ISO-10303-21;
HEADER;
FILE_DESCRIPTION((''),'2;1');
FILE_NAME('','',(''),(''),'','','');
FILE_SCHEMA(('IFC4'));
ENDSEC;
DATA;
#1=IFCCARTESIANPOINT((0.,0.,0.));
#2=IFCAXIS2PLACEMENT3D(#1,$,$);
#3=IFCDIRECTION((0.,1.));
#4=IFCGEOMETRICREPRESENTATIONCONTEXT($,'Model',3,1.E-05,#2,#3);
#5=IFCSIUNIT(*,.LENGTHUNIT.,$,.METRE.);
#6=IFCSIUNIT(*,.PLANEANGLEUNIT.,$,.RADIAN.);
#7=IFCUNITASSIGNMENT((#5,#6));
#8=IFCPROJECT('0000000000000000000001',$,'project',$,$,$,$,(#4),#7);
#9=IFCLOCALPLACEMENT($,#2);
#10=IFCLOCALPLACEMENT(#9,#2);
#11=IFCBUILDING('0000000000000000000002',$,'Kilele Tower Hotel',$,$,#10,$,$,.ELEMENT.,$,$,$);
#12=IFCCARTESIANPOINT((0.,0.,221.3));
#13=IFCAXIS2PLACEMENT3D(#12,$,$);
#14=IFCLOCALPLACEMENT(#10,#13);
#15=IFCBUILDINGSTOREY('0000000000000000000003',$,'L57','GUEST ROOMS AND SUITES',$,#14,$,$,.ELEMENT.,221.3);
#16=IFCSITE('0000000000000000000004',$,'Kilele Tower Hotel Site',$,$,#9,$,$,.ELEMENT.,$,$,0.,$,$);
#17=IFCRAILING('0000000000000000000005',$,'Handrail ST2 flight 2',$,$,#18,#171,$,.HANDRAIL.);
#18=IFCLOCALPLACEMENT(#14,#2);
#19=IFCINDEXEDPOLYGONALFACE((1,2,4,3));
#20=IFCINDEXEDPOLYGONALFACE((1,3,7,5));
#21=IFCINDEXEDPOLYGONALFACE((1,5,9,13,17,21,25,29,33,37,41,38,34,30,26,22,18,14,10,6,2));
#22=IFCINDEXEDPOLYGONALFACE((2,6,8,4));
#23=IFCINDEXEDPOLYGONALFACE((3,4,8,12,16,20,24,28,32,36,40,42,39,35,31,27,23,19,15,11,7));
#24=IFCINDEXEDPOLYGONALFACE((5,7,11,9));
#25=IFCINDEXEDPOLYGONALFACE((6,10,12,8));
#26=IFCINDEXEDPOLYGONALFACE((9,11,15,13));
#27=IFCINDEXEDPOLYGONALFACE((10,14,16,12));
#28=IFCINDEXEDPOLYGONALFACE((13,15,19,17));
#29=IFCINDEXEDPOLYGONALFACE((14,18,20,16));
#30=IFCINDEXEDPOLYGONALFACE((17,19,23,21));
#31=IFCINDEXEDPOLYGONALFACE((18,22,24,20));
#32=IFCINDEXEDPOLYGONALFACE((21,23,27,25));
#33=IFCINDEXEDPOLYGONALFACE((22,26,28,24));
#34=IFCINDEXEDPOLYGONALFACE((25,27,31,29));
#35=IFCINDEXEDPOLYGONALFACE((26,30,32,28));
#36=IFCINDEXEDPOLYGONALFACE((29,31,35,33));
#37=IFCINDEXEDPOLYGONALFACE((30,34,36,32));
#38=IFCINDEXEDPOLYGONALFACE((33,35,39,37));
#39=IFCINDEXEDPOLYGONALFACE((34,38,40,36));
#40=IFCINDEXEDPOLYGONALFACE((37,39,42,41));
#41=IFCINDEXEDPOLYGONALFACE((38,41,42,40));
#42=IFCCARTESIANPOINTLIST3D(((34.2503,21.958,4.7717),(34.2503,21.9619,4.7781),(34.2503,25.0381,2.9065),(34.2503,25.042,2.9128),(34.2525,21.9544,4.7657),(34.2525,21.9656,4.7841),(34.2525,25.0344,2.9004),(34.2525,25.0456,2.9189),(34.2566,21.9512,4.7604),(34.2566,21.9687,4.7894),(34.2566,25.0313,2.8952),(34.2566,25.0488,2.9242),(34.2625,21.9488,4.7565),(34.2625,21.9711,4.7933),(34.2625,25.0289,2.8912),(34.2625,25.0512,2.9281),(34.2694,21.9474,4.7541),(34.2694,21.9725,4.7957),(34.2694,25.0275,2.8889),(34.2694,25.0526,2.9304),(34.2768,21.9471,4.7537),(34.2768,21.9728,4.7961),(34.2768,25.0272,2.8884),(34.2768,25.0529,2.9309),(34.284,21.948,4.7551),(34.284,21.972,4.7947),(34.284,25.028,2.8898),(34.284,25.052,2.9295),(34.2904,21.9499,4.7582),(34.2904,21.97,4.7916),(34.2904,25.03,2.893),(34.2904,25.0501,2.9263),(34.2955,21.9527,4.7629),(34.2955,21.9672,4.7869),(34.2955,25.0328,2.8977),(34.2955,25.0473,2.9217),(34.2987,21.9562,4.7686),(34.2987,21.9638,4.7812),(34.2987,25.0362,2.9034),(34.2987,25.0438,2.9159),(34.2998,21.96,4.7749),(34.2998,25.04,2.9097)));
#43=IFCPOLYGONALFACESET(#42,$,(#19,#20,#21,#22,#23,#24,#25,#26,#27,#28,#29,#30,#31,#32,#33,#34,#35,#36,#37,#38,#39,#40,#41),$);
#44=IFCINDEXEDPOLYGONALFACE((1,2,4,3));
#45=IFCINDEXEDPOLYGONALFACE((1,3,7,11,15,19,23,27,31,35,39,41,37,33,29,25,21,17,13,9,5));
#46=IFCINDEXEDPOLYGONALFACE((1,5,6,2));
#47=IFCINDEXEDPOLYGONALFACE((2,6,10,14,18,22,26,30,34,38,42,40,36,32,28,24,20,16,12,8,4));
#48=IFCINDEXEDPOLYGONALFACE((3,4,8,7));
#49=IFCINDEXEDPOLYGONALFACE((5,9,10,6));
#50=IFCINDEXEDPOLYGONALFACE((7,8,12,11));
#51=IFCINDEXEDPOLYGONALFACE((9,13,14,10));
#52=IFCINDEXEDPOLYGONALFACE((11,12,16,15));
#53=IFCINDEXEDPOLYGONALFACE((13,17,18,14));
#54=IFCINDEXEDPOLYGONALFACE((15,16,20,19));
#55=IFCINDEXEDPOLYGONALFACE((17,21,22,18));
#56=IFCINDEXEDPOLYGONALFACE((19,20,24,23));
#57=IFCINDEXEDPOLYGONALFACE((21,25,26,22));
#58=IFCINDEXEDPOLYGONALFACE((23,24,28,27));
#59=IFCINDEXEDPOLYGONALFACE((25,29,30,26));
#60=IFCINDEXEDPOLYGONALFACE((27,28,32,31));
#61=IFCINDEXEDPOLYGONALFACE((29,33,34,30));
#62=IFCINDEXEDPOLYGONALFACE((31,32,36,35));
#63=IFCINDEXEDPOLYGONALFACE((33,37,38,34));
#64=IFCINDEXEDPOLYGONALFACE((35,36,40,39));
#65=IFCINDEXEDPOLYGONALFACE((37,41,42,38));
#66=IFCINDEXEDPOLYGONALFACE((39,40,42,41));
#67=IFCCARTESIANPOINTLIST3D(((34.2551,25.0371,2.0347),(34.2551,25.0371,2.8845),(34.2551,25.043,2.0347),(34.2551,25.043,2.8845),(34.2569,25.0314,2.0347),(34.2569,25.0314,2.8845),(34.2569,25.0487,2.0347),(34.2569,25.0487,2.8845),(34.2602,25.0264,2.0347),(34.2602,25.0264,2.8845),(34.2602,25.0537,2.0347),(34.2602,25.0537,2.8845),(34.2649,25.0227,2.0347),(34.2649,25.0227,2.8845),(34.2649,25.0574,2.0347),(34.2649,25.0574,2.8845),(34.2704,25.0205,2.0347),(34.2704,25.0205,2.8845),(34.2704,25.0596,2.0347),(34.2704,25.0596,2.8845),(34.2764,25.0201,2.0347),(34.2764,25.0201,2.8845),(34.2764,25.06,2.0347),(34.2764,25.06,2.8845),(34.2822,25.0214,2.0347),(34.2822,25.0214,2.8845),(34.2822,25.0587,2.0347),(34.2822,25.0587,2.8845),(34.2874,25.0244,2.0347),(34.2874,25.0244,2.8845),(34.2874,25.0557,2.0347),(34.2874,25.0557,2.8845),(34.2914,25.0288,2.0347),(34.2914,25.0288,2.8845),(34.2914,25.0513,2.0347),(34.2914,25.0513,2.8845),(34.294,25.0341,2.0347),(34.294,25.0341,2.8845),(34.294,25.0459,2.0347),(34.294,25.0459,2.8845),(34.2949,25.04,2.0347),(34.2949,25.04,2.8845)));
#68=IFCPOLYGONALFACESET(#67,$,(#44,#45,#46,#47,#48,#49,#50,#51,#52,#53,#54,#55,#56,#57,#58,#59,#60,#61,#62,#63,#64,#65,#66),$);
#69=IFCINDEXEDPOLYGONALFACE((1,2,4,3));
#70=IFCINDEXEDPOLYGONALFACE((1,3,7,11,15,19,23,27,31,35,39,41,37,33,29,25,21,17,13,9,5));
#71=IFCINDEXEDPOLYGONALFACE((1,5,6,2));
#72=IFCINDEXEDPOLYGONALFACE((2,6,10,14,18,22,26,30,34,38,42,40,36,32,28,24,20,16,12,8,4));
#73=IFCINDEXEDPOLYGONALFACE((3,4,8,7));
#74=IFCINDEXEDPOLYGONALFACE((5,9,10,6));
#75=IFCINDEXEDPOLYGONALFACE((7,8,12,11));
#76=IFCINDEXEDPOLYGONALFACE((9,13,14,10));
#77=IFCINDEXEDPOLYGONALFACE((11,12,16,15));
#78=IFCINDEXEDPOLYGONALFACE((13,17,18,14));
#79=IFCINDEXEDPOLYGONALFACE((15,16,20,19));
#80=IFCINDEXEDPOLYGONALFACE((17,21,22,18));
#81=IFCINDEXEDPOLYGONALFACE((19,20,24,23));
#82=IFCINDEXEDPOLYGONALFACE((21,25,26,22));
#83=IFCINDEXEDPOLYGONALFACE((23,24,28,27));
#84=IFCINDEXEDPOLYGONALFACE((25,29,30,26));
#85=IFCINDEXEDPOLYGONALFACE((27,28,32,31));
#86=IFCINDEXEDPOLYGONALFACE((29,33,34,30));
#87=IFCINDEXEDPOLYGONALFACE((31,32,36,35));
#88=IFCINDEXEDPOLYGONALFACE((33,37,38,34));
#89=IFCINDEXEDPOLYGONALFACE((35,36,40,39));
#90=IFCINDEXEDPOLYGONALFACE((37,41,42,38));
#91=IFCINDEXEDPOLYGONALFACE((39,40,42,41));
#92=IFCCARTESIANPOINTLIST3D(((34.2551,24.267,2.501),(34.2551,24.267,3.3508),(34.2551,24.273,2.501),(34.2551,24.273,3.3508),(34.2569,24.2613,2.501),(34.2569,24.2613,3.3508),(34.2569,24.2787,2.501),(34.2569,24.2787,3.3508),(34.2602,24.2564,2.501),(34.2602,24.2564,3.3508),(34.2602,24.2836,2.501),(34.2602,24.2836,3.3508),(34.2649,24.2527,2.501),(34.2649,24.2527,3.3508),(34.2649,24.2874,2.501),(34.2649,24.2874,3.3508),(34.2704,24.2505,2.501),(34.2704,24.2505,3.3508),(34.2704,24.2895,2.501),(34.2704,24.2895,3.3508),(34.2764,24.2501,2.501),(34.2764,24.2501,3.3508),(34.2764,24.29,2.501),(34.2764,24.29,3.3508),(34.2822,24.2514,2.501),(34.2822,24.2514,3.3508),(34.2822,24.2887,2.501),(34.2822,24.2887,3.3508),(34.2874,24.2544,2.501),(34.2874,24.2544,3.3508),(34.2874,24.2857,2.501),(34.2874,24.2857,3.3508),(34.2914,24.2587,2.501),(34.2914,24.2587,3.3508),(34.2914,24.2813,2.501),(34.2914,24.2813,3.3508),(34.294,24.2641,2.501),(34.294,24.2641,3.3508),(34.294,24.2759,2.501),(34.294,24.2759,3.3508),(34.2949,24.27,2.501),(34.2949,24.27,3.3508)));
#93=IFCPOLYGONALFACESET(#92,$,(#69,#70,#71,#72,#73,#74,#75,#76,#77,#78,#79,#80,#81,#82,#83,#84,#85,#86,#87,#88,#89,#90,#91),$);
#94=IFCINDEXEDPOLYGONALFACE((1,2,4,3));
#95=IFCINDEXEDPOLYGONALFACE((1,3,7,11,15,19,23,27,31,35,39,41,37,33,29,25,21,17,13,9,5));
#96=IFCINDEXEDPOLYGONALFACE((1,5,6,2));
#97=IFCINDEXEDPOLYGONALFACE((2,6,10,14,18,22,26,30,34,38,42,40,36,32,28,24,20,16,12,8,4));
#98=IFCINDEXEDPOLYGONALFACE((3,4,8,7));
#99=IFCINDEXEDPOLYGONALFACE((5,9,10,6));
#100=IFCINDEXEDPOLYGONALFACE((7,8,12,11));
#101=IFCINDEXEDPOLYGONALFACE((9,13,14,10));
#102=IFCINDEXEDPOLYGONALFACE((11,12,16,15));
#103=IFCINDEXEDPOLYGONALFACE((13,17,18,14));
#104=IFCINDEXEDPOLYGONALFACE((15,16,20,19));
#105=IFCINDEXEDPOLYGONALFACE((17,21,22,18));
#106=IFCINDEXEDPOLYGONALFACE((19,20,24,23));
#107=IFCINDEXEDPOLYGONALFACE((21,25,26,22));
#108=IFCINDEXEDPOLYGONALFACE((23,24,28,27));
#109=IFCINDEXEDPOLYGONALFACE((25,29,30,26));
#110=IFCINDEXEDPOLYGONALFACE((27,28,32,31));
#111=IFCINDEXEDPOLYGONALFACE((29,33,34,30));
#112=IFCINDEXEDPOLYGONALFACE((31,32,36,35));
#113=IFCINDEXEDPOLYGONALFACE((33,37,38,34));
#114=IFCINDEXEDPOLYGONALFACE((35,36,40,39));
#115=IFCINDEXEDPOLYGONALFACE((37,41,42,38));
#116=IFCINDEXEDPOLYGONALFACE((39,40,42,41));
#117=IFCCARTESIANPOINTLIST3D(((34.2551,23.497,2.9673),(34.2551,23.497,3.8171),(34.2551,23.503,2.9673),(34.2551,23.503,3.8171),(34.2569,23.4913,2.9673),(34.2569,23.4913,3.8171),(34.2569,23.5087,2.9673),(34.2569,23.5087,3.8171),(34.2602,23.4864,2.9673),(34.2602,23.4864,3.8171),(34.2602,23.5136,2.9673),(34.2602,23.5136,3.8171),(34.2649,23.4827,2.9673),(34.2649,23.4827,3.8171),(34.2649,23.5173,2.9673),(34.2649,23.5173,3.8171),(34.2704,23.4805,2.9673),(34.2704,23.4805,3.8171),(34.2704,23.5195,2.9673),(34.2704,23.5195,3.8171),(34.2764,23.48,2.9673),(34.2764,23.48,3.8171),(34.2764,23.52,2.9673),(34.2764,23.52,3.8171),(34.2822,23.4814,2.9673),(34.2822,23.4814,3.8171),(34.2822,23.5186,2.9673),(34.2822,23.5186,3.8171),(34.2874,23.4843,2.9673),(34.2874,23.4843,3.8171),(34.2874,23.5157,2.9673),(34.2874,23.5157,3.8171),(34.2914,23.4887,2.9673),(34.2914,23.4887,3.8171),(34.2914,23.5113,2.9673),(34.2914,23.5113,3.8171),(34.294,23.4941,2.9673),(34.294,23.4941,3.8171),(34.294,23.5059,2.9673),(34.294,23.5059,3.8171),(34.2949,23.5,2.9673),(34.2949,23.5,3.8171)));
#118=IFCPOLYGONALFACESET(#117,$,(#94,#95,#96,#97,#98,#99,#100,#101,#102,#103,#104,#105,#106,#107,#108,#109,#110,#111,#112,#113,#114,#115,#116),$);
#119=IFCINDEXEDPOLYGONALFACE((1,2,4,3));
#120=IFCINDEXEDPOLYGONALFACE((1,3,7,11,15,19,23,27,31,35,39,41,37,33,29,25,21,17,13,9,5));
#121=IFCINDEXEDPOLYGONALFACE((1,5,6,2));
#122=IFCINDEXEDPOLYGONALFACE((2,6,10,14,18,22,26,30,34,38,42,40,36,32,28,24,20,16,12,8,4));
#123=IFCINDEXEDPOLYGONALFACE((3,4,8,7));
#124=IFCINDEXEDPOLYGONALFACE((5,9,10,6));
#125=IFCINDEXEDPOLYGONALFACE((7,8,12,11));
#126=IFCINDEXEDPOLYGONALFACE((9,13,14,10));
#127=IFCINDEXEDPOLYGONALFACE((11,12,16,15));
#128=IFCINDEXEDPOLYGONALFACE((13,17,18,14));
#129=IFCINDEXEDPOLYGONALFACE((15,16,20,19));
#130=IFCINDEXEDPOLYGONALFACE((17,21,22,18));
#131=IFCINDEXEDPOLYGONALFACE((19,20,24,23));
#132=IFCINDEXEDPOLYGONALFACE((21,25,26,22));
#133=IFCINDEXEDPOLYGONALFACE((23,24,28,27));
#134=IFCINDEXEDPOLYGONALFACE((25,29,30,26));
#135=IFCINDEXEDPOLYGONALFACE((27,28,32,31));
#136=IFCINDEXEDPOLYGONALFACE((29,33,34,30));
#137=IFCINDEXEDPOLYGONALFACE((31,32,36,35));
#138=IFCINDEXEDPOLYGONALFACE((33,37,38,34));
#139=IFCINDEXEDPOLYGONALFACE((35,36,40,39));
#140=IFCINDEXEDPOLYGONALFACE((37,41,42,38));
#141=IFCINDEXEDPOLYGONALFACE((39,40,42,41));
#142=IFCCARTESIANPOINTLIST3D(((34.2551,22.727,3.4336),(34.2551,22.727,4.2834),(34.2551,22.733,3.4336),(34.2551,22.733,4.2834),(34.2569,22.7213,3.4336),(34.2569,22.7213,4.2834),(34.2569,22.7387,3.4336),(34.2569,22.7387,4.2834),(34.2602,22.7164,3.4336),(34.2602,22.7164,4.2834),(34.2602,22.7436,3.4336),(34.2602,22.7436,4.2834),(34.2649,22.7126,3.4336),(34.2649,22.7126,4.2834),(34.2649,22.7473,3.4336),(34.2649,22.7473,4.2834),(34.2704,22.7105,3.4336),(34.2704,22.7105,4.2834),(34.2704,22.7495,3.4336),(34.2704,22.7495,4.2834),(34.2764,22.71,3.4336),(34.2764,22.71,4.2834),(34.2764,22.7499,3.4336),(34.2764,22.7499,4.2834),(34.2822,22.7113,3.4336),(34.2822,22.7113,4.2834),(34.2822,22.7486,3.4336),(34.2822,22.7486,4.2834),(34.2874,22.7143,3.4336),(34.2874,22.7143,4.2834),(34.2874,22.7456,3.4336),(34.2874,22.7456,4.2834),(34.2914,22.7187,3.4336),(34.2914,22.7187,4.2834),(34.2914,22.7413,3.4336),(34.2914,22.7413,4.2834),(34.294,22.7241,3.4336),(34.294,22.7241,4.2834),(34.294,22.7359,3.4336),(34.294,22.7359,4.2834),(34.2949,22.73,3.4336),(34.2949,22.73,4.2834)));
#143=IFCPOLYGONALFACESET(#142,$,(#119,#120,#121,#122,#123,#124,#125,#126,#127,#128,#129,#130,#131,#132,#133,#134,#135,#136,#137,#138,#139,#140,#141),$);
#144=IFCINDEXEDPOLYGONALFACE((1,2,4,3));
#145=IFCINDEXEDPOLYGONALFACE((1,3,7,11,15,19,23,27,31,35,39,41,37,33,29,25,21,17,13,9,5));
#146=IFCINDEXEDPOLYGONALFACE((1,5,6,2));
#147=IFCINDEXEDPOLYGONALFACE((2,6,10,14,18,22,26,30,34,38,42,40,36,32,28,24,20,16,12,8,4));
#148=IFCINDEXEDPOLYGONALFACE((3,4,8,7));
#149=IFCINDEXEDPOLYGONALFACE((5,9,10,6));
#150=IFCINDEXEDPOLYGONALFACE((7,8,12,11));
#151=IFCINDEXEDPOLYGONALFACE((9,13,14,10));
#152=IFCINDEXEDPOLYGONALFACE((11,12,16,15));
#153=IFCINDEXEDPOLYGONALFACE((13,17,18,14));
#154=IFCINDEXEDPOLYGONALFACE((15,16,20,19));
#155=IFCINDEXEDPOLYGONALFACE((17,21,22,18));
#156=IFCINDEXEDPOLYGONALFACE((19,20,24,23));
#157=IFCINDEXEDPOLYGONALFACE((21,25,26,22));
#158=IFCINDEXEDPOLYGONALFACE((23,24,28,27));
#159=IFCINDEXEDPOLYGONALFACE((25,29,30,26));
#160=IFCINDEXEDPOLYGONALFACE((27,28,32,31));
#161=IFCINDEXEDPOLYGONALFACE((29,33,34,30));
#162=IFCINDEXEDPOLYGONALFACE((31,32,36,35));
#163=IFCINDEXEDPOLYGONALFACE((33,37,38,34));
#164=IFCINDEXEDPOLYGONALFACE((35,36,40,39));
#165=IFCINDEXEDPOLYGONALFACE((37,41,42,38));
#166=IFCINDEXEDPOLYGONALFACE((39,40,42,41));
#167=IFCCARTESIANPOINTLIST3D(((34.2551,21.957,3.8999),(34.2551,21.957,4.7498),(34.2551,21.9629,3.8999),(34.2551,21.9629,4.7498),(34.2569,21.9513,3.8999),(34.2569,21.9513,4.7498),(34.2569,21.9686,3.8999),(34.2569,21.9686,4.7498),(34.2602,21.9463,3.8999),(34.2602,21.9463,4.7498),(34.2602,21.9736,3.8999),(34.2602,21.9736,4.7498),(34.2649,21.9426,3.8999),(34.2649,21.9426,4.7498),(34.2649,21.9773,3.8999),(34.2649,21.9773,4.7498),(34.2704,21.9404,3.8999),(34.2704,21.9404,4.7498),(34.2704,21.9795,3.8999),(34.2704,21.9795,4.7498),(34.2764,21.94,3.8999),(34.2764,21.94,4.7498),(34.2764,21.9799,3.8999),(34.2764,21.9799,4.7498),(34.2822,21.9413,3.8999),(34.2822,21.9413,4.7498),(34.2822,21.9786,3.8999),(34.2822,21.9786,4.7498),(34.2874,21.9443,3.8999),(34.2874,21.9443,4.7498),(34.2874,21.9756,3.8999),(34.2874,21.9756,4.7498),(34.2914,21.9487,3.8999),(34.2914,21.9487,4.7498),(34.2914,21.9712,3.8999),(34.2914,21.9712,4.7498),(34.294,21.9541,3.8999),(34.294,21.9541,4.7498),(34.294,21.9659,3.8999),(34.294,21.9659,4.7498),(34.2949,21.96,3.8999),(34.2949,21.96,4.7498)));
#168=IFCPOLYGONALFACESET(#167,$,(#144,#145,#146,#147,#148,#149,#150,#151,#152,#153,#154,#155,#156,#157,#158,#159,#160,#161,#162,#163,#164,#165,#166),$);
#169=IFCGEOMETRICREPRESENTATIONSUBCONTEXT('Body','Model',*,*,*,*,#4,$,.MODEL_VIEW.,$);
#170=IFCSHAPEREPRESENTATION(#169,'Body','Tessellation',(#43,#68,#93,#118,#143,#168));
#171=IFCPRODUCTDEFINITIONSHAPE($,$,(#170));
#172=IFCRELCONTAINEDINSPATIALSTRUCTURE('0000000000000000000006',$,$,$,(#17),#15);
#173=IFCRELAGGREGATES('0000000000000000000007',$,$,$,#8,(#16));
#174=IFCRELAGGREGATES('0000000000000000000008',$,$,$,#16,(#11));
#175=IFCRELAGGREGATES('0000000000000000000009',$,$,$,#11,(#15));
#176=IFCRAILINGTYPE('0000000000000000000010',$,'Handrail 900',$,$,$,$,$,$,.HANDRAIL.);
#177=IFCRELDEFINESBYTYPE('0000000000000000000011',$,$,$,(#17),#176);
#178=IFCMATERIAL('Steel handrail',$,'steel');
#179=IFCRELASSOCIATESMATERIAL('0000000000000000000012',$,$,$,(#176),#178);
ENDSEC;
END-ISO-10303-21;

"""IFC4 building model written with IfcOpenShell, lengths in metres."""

from ifc_helpers import new_model, si_unit, direction, frame, origin, origin_2d, place, context, subcontext, project, spatial, circle, extrude, material, type_object, element, save


model = new_model("IFC4")

# Units and contexts
model_context = context("Model", 3, precision=1e-05, world=origin(), true_north=direction((0.0, 1.0)))
body_context = subcontext(model_context, "Body", "Model", "MODEL_VIEW")
ifc_project = project(units=[si_unit("LENGTHUNIT", "METRE"), si_unit("PLANEANGLEUNIT", "RADIAN")], contexts=[model_context])

# Site, building, storey
site_placement = place(None, origin())
site = spatial("IfcSite", under=ifc_project, at=site_placement, Name="Kilele Tower Hotel Site", CompositionType="ELEMENT", RefElevation=0.0)
building_placement = place(site_placement, origin())
building = spatial("IfcBuilding", under=site, at=building_placement, Name="Kilele Tower Hotel", CompositionType="ELEMENT")
storey_placement = place(building_placement, frame((0.0, 0.0, 221.3)))
storey = spatial("IfcBuildingStorey", under=building, at=storey_placement, Name="L57", Description="GUEST ROOMS AND SUITES", CompositionType="ELEMENT", Elevation=221.3)

# Railing
ifc_material_1 = material(Name="Steel handrail", Category="steel")
railing_type_1 = type_object("IfcRailingType", Name="Handrail 900", PredefinedType="HANDRAIL", material=ifc_material_1)
for number, where, name in (
    (1, (34.2749, 25.04, 2.0347), "Handrail ST2 flight 2"),
):
    element("IfcRailing", number, at=place(storey_placement, frame(where)), inside=storey, type_object=railing_type_1, Name=name, PredefinedType="HANDRAIL", context=body_context, shape_type="SweptSolid", body=[
        extrude(circle(Radius=0.0249, at=origin_2d()), frame((0.0, 0.0, 0.875), z_axis=(0.0, -0.85538, 0.518001), x_axis=(1.0, 0.0, 0.0)), (0.0, 0.0, 1.0), 3.6008),
        extrude(circle(Radius=0.02, at=origin_2d()), origin(), (0.0, 0.0, 1.0), 0.8499),
        extrude(circle(Radius=0.02, at=origin_2d()), frame((0.0, -0.77, 0.4663)), (0.0, 0.0, 1.0), 0.8499),
        extrude(circle(Radius=0.02, at=origin_2d()), frame((0.0, -1.54, 0.9326)), (0.0, 0.0, 1.0), 0.8499),
        extrude(circle(Radius=0.02, at=origin_2d()), frame((0.0, -2.3101, 1.3989)), (0.0, 0.0, 1.0), 0.8499),
        extrude(circle(Radius=0.02, at=origin_2d()), frame((0.0, -3.0801, 1.8652)), (0.0, 0.0, 1.0), 0.8499),
    ])

save(model, "model.ifc")
